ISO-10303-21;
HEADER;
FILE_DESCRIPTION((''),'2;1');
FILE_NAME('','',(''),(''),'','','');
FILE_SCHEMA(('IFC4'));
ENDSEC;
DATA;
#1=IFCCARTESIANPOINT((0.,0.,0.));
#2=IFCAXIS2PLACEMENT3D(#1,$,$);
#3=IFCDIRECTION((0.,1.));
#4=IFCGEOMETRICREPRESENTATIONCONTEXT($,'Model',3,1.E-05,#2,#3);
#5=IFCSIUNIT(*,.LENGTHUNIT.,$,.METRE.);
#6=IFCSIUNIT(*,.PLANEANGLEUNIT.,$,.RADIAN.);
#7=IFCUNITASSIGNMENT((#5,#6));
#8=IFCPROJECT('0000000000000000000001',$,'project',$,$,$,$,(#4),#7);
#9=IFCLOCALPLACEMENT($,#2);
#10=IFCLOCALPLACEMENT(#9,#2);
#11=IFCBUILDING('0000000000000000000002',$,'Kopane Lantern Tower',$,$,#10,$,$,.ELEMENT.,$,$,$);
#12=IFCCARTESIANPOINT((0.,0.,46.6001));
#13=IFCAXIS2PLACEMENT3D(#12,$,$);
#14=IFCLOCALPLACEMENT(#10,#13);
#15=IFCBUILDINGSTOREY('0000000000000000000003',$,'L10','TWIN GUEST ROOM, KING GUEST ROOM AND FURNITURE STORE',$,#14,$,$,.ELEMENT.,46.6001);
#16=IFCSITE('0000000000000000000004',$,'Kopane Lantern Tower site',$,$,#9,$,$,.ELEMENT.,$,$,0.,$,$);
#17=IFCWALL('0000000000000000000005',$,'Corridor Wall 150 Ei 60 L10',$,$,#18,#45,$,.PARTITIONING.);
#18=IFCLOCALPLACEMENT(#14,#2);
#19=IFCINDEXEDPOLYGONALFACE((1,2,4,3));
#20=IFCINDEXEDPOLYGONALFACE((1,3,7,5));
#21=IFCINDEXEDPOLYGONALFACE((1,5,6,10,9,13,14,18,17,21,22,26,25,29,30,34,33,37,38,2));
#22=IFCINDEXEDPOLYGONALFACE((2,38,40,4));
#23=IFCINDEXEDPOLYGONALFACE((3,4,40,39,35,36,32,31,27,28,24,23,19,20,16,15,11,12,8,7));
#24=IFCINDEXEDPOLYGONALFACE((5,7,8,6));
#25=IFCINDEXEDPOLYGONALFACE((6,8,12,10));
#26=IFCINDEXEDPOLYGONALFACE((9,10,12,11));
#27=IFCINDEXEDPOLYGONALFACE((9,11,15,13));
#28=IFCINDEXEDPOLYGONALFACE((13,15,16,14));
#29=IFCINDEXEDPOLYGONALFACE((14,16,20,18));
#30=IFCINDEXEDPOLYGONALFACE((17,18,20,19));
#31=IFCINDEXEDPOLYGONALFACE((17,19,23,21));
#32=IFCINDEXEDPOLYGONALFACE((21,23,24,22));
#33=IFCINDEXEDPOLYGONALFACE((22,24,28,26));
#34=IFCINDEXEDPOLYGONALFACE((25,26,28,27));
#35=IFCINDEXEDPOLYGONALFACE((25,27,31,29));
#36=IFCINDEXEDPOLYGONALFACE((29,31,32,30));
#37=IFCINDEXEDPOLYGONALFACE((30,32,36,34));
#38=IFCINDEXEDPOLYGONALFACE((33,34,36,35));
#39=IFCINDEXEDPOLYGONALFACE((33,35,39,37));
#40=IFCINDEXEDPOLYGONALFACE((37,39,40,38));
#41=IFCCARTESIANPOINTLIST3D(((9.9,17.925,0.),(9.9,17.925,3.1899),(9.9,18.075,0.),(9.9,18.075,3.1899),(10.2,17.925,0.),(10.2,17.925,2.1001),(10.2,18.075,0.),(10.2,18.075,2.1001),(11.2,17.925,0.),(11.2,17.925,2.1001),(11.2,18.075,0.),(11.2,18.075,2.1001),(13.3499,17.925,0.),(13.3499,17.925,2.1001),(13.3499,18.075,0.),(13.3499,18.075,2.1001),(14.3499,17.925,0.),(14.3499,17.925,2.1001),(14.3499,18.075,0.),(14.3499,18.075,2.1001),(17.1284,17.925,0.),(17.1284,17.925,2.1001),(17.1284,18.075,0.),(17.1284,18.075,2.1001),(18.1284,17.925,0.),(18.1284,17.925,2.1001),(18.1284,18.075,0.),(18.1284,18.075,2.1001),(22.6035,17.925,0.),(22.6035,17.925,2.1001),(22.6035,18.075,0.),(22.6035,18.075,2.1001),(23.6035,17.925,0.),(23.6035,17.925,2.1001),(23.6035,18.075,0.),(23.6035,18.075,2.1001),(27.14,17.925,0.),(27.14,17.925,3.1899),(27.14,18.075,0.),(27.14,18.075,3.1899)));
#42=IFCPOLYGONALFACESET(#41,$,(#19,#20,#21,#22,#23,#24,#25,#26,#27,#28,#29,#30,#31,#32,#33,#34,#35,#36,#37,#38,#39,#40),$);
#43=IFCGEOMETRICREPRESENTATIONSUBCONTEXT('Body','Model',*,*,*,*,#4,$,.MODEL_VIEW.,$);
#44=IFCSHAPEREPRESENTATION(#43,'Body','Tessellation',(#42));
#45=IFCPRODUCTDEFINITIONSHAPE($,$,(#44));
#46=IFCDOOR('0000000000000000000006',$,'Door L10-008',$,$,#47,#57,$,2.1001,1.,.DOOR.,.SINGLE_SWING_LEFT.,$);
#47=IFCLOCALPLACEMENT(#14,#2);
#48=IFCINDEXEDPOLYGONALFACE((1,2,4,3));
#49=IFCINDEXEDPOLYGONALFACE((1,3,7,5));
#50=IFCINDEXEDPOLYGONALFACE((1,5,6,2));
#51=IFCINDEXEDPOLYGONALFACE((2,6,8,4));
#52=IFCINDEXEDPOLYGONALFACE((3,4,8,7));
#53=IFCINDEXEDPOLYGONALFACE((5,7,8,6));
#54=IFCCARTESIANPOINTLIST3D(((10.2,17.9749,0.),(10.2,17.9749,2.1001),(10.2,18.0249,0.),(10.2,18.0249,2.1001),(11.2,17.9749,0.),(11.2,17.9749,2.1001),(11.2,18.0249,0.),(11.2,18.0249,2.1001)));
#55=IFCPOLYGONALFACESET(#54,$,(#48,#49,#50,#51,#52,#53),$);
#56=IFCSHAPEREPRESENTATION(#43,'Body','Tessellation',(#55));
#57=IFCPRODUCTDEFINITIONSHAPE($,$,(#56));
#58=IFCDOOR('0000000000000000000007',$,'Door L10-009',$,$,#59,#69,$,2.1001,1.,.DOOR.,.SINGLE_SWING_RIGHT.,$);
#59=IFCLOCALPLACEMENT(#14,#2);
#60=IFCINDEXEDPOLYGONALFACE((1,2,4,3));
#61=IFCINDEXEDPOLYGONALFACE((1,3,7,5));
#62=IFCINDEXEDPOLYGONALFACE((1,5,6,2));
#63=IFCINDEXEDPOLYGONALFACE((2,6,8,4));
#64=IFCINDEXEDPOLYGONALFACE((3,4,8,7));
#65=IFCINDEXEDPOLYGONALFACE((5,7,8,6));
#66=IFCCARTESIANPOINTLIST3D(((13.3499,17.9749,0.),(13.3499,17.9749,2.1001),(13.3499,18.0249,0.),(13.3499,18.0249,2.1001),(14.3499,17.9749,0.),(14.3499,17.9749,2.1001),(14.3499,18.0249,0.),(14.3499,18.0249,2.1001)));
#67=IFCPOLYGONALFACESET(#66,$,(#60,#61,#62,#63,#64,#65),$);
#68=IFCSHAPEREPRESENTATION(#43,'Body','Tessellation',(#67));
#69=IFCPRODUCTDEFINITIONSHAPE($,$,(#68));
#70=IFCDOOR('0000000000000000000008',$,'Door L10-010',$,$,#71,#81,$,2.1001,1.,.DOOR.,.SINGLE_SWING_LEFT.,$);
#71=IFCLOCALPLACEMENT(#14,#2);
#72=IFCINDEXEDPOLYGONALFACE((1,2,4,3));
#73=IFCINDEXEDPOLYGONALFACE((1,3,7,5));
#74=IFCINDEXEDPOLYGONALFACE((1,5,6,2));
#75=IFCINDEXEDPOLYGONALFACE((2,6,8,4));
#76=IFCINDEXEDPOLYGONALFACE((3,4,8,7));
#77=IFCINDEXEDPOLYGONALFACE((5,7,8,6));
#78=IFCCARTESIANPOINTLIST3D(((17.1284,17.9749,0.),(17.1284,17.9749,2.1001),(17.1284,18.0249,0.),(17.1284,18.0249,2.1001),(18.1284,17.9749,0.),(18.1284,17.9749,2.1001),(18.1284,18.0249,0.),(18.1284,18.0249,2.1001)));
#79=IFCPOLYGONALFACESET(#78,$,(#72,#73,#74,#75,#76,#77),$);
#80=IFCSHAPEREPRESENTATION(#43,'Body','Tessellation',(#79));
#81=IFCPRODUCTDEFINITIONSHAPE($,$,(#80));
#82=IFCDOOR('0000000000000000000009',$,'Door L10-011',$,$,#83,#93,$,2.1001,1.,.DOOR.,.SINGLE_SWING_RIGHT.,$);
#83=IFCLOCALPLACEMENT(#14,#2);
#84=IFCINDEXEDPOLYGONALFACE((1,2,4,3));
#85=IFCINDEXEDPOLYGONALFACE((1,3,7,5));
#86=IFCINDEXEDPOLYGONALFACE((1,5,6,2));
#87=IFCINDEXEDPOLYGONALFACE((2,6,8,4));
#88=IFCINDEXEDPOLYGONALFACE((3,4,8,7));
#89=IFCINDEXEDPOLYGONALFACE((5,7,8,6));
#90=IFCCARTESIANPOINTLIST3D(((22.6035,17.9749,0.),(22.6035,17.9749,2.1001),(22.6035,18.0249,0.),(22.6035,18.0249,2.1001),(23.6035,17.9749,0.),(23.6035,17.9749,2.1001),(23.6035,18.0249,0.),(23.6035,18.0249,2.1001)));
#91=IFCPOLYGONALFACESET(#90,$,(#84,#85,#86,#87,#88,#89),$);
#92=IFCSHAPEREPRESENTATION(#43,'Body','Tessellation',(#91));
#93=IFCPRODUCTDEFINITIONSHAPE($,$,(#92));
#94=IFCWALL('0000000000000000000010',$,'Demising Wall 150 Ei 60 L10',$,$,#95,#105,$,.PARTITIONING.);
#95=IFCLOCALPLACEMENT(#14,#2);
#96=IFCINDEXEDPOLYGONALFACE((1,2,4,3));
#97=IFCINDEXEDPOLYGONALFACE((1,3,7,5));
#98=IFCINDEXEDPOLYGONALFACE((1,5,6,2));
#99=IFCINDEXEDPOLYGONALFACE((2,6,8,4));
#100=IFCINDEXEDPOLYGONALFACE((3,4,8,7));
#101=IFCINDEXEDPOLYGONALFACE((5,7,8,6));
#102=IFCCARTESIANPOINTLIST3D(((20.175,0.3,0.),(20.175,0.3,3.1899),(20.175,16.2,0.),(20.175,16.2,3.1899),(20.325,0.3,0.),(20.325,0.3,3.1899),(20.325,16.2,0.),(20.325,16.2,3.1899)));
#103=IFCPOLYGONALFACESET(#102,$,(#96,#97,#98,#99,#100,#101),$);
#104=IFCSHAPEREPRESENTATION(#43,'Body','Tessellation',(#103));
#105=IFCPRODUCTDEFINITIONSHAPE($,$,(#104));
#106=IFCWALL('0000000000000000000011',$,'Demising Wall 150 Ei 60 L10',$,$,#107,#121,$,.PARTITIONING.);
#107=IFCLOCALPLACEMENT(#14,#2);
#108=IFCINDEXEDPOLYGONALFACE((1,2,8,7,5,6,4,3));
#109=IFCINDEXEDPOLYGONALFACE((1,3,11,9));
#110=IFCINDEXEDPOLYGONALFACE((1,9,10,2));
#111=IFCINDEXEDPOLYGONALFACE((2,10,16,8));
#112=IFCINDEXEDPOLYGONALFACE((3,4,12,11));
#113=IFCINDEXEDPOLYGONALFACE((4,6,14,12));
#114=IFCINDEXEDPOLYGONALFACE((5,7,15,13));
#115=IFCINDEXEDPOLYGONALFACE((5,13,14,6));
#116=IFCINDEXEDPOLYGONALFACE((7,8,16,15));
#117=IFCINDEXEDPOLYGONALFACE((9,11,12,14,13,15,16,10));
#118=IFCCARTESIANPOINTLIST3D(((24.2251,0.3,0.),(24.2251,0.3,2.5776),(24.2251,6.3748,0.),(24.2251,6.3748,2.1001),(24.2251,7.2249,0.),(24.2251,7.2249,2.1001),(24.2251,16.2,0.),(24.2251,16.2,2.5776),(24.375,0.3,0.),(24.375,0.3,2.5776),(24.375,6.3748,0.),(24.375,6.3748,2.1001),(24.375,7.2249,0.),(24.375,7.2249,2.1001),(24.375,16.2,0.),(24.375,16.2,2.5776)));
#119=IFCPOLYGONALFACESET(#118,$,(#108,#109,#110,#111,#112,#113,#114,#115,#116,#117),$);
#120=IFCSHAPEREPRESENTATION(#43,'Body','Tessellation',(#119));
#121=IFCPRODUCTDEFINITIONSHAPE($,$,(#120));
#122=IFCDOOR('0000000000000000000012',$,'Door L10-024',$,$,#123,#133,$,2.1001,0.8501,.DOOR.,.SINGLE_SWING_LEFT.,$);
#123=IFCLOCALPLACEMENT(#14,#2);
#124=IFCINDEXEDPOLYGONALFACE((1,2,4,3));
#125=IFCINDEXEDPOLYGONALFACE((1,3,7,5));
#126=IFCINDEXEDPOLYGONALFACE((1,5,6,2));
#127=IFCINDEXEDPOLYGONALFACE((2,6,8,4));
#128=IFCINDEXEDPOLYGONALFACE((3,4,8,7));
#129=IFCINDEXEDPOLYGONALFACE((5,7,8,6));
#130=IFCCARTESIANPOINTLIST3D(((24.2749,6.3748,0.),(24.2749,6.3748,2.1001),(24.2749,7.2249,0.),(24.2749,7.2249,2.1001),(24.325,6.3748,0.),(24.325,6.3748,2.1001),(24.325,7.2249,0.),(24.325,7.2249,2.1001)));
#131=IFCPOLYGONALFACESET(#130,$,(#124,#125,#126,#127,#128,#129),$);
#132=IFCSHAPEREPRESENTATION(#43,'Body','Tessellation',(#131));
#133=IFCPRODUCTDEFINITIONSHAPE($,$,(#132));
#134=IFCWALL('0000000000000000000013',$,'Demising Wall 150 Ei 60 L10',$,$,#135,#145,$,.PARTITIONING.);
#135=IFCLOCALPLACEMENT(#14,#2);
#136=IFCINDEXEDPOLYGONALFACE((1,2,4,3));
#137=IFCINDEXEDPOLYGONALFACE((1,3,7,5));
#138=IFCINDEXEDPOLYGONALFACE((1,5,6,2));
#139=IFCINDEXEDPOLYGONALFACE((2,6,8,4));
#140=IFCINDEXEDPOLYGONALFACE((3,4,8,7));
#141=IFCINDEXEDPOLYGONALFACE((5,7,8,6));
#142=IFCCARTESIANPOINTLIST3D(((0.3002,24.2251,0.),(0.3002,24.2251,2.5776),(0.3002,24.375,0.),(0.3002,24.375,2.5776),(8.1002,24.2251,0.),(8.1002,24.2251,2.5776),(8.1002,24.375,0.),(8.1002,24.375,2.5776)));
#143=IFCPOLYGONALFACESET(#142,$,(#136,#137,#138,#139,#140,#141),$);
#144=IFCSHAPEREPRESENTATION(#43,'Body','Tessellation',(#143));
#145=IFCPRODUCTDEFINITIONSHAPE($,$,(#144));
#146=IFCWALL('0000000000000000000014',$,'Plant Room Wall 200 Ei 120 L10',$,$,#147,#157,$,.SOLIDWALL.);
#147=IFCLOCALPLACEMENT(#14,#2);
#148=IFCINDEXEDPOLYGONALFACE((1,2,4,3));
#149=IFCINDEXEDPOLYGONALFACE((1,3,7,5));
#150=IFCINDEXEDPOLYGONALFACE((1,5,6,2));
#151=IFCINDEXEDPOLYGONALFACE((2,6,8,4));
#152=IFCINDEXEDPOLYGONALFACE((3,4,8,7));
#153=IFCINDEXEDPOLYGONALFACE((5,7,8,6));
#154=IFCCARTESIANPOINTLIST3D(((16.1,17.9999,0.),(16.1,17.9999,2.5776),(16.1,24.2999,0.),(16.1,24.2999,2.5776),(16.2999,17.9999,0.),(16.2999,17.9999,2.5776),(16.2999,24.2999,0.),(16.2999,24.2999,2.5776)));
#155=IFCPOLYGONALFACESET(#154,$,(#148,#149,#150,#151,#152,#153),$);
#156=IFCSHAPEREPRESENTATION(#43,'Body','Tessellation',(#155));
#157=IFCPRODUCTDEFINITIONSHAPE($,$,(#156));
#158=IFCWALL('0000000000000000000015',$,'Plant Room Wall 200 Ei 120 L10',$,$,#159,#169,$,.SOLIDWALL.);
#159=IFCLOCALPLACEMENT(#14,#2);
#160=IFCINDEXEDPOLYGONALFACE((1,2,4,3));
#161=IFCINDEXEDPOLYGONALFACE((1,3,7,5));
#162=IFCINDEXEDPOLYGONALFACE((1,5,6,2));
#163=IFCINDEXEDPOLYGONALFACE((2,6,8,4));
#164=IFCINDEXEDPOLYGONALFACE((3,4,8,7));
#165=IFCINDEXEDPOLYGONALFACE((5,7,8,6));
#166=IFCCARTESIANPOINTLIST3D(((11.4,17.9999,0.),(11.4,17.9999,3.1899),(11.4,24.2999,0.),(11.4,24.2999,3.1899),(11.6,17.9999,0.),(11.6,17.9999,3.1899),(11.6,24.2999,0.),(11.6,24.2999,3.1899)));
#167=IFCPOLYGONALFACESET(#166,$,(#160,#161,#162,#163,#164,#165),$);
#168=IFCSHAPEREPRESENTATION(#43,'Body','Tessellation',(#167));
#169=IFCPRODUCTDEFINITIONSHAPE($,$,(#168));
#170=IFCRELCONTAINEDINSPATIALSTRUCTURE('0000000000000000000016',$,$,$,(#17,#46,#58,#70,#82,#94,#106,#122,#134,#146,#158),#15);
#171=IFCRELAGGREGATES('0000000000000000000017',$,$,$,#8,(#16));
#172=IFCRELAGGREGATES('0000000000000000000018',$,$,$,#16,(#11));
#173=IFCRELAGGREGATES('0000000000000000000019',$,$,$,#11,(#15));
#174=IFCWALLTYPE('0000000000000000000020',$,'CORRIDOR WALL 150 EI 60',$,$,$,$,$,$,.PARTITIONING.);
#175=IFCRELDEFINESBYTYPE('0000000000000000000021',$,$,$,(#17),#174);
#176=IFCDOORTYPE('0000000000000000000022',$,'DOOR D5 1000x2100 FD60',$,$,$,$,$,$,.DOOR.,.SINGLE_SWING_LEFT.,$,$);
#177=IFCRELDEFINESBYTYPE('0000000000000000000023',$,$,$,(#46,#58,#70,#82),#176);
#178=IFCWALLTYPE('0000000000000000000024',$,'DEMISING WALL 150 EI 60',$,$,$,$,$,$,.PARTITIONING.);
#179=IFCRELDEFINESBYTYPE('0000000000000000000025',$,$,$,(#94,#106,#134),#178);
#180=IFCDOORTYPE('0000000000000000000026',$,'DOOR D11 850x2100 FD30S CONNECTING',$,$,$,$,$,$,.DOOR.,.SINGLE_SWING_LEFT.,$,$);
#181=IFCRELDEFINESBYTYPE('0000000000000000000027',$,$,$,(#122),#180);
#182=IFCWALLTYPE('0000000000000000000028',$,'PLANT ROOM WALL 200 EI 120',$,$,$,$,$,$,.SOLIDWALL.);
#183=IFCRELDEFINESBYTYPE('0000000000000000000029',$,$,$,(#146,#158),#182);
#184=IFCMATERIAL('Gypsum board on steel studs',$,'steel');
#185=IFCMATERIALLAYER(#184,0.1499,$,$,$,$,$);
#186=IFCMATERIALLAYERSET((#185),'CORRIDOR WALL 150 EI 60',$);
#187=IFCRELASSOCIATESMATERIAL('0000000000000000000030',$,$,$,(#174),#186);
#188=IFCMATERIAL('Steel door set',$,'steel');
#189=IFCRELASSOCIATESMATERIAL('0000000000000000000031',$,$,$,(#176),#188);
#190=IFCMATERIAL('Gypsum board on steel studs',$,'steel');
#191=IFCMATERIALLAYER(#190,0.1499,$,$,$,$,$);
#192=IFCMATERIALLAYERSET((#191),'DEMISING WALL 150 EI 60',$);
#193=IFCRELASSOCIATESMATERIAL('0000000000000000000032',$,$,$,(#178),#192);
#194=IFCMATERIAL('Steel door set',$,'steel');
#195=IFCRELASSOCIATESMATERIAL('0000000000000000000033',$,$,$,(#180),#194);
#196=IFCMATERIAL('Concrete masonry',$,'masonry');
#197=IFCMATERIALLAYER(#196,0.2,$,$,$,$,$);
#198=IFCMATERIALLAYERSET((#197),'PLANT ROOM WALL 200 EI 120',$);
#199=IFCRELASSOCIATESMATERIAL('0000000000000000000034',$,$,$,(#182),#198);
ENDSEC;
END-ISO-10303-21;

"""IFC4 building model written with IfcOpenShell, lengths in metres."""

from ifc_helpers import new_model, si_unit, direction, frame, frame_2d, origin, place, context, subcontext, project, spatial, rectangle, extrude, material, layer, layer_set, type_object, element, fill, save


model = new_model("IFC4")

# Units and contexts
model_context = context("Model", 3, precision=1e-05, world=origin(), true_north=direction((0.0, 1.0)))
body_context = subcontext(model_context, "Body", "Model", "MODEL_VIEW")
ifc_project = project(units=[si_unit("LENGTHUNIT", "METRE"), si_unit("PLANEANGLEUNIT", "RADIAN")], contexts=[model_context])

# Site, building, storey
site_placement = place(None, origin())
site = spatial("IfcSite", under=ifc_project, at=site_placement, Name="Kopane Lantern Tower site", CompositionType="ELEMENT", RefElevation=0.0)
building_placement = place(site_placement, origin())
building = spatial("IfcBuilding", under=site, at=building_placement, Name="Kopane Lantern Tower", CompositionType="ELEMENT")
storey_placement = place(building_placement, frame((0.0, 0.0, 46.6001)))
storey = spatial("IfcBuildingStorey", under=building, at=storey_placement, Name="L10", Description="TWIN GUEST ROOM, KING GUEST ROOM AND FURNITURE STORE", CompositionType="ELEMENT", Elevation=46.6001)

# Wall, openings, doors
ifc_material_1 = material(Name="Gypsum board on steel studs", Category="steel")
ifc_layer_1 = layer(ifc_material_1, 0.1499)
ifc_layer_set_1 = layer_set([ifc_layer_1], Name="CORRIDOR WALL 150 EI 60")
wall_type_1 = type_object("IfcWallType", Name="CORRIDOR WALL 150 EI 60", PredefinedType="PARTITIONING", material=ifc_layer_set_1)
wall_1_placement = place(storey_placement, frame((9.8999, 18.0, 0.0), z_axis=(0.0, 0.0, 1.0), x_axis=(1.0, 0.0, 0.0)))
wall_1 = element("IfcWall", 1, at=wall_1_placement, inside=storey, type_object=wall_type_1, Name="Corridor Wall 150 Ei 60 L10", PredefinedType="PARTITIONING", context=body_context, shape_type="SweptSolid", body=[
    extrude(rectangle(XDim=17.24, YDim=0.1499, at=frame_2d((8.6201, 0.0))), origin(), (0.0, 0.0, 1.0), 3.1899),
])
opening_1_placement = place(wall_1_placement, frame((0.3, 0.0, 0.0)))
opening_1 = element("IfcOpeningElement", 2, at=opening_1_placement, cuts=wall_1, PredefinedType="OPENING", context=body_context, shape_type="SweptSolid", body=[
    extrude(rectangle(XDim=1.0, YDim=2.1001, at=frame_2d((0.5, 1.05))), frame((0.0, 0.085, 0.0), z_axis=(0.0, -1.0, 0.0), x_axis=(1.0, 0.0, 0.0)), (0.0, 0.0, 1.0), 0.1699),
])
opening_2_placement = place(wall_1_placement, frame((3.45, 0.0, 0.0)))
opening_2 = element("IfcOpeningElement", 3, at=opening_2_placement, cuts=wall_1, PredefinedType="OPENING", context=body_context, shape_type="SweptSolid", body=[
    extrude(rectangle(XDim=1.0, YDim=2.1001, at=frame_2d((0.5, 1.05))), frame((0.0, 0.085, 0.0), z_axis=(0.0, -1.0, 0.0), x_axis=(1.0, 0.0, 0.0)), (0.0, 0.0, 1.0), 0.1699),
])
opening_3_placement = place(wall_1_placement, frame((7.2285, 0.0, 0.0)))
opening_3 = element("IfcOpeningElement", 4, at=opening_3_placement, cuts=wall_1, PredefinedType="OPENING", context=body_context, shape_type="SweptSolid", body=[
    extrude(rectangle(XDim=1.0, YDim=2.1001, at=frame_2d((0.5, 1.05))), frame((0.0, 0.085, 0.0), z_axis=(0.0, -1.0, 0.0), x_axis=(1.0, 0.0, 0.0)), (0.0, 0.0, 1.0), 0.1699),
])
opening_4_placement = place(wall_1_placement, frame((12.7036, 0.0, 0.0)))
opening_4 = element("IfcOpeningElement", 5, at=opening_4_placement, cuts=wall_1, PredefinedType="OPENING", context=body_context, shape_type="SweptSolid", body=[
    extrude(rectangle(XDim=1.0, YDim=2.1001, at=frame_2d((0.5, 1.05))), frame((0.0, 0.085, 0.0), z_axis=(0.0, -1.0, 0.0), x_axis=(1.0, 0.0, 0.0)), (0.0, 0.0, 1.0), 0.1699),
])
ifc_material_2 = material(Name="Steel door set", Category="steel")
door_type_1 = type_object("IfcDoorType", Name="DOOR D5 1000x2100 FD60", OperationType="SINGLE_SWING_LEFT", PredefinedType="DOOR", material=ifc_material_2)
door_1_placement = place(opening_1_placement, origin())
door_1 = element("IfcDoor", 6, at=door_1_placement, inside=storey, type_object=door_type_1, Name="Door L10-008", OperationType="SINGLE_SWING_LEFT", OverallHeight=2.1001, OverallWidth=1.0, PredefinedType="DOOR", context=body_context, shape_type="SweptSolid", body=[
    extrude(rectangle(XDim=1.0, YDim=2.1001, at=frame_2d((0.5, 1.05))), frame((0.0, 0.0249, 0.0), z_axis=(0.0, -1.0, 0.0), x_axis=(1.0, 0.0, 0.0)), (0.0, 0.0, 1.0), 0.05),
])
fill(opening_1, door_1)
door_2_placement = place(opening_2_placement, origin())
door_2 = element("IfcDoor", 7, at=door_2_placement, inside=storey, type_object=door_type_1, Name="Door L10-009", OperationType="SINGLE_SWING_RIGHT", OverallHeight=2.1001, OverallWidth=1.0, PredefinedType="DOOR", context=body_context, shape_type="SweptSolid", body=[
    extrude(rectangle(XDim=1.0, YDim=2.1001, at=frame_2d((0.5, 1.05))), frame((0.0, 0.0249, 0.0), z_axis=(0.0, -1.0, 0.0), x_axis=(1.0, 0.0, 0.0)), (0.0, 0.0, 1.0), 0.05),
])
fill(opening_2, door_2)
door_3_placement = place(opening_3_placement, origin())
door_3 = element("IfcDoor", 8, at=door_3_placement, inside=storey, type_object=door_type_1, Name="Door L10-010", OperationType="SINGLE_SWING_LEFT", OverallHeight=2.1001, OverallWidth=1.0, PredefinedType="DOOR", context=body_context, shape_type="SweptSolid", body=[
    extrude(rectangle(XDim=1.0, YDim=2.1001, at=frame_2d((0.5, 1.05))), frame((0.0, 0.0249, 0.0), z_axis=(0.0, -1.0, 0.0), x_axis=(1.0, 0.0, 0.0)), (0.0, 0.0, 1.0), 0.05),
])
fill(opening_3, door_3)
door_4_placement = place(opening_4_placement, origin())
door_4 = element("IfcDoor", 9, at=door_4_placement, inside=storey, type_object=door_type_1, Name="Door L10-011", OperationType="SINGLE_SWING_RIGHT", OverallHeight=2.1001, OverallWidth=1.0, PredefinedType="DOOR", context=body_context, shape_type="SweptSolid", body=[
    extrude(rectangle(XDim=1.0, YDim=2.1001, at=frame_2d((0.5, 1.05))), frame((0.0, 0.0249, 0.0), z_axis=(0.0, -1.0, 0.0), x_axis=(1.0, 0.0, 0.0)), (0.0, 0.0, 1.0), 0.05),
])
fill(opening_4, door_4)

# Wall
ifc_material_3 = material(Name="Gypsum board on steel studs", Category="steel")
ifc_layer_2 = layer(ifc_material_3, 0.1499)
ifc_layer_set_2 = layer_set([ifc_layer_2], Name="DEMISING WALL 150 EI 60")
wall_type_2 = type_object("IfcWallType", Name="DEMISING WALL 150 EI 60", PredefinedType="PARTITIONING", material=ifc_layer_set_2)
wall_2_placement = place(storey_placement, frame((20.25, 16.2, 0.0), z_axis=(0.0, 0.0, 1.0), x_axis=(0.0, -1.0, 0.0)))
element("IfcWall", 10, at=wall_2_placement, inside=storey, type_object=wall_type_2, Name="Demising Wall 150 Ei 60 L10", PredefinedType="PARTITIONING", context=body_context, shape_type="SweptSolid", body=[
    extrude(rectangle(XDim=15.8999, YDim=0.1499, at=frame_2d((7.95, 0.0))), origin(), (0.0, 0.0, 1.0), 3.1899),
])

# Wall, opening, door
wall_3_placement = place(storey_placement, frame((24.3, 16.2, 0.0), z_axis=(0.0, 0.0, 1.0), x_axis=(0.0, -1.0, 0.0)))
wall_3 = element("IfcWall", 11, at=wall_3_placement, inside=storey, type_object=wall_type_2, Name="Demising Wall 150 Ei 60 L10", PredefinedType="PARTITIONING", context=body_context, shape_type="SweptSolid", body=[
    extrude(rectangle(XDim=15.8999, YDim=0.1499, at=frame_2d((7.95, 0.0))), origin(), (0.0, 0.0, 1.0), 2.5776),
])
opening_5_placement = place(wall_3_placement, frame((8.9751, 0.0, 0.0)))
opening_5 = element("IfcOpeningElement", 12, at=opening_5_placement, cuts=wall_3, PredefinedType="OPENING", context=body_context, shape_type="SweptSolid", body=[
    extrude(rectangle(XDim=0.8501, YDim=2.1001, at=frame_2d((0.425, 1.05))), frame((0.0, 0.085, 0.0), z_axis=(0.0, -1.0, 0.0), x_axis=(1.0, 0.0, 0.0)), (0.0, 0.0, 1.0), 0.1699),
])
ifc_material_4 = material(Name="Steel door set", Category="steel")
door_type_2 = type_object("IfcDoorType", Name="DOOR D11 850x2100 FD30S CONNECTING", OperationType="SINGLE_SWING_LEFT", PredefinedType="DOOR", material=ifc_material_4)
door_5_placement = place(opening_5_placement, origin())
door_5 = element("IfcDoor", 13, at=door_5_placement, inside=storey, type_object=door_type_2, Name="Door L10-024", OperationType="SINGLE_SWING_LEFT", OverallHeight=2.1001, OverallWidth=0.8501, PredefinedType="DOOR", context=body_context, shape_type="SweptSolid", body=[
    extrude(rectangle(XDim=0.8501, YDim=2.1001, at=frame_2d((0.425, 1.05))), frame((0.0, 0.0249, 0.0), z_axis=(0.0, -1.0, 0.0), x_axis=(1.0, 0.0, 0.0)), (0.0, 0.0, 1.0), 0.05),
])
fill(opening_5, door_5)

# Walls
wall_4_placement = place(storey_placement, frame((8.1001, 24.3, 0.0), z_axis=(0.0, 0.0, 1.0), x_axis=(-1.0, 0.0, 0.0)))
element("IfcWall", 14, at=wall_4_placement, inside=storey, type_object=wall_type_2, Name="Demising Wall 150 Ei 60 L10", PredefinedType="PARTITIONING", context=body_context, shape_type="SweptSolid", body=[
    extrude(rectangle(XDim=7.8, YDim=0.1499, at=frame_2d((3.8999, 0.0))), origin(), (0.0, 0.0, 1.0), 2.5776),
])
ifc_material_5 = material(Name="Concrete masonry", Category="masonry")
ifc_layer_3 = layer(ifc_material_5, 0.2)
ifc_layer_set_3 = layer_set([ifc_layer_3], Name="PLANT ROOM WALL 200 EI 120")
wall_type_3 = type_object("IfcWallType", Name="PLANT ROOM WALL 200 EI 120", PredefinedType="SOLIDWALL", material=ifc_layer_set_3)
wall_5_placement = place(storey_placement, frame((16.2, 18.0, 0.0), z_axis=(0.0, 0.0, 1.0), x_axis=(0.0, 1.0, 0.0)))
element("IfcWall", 15, at=wall_5_placement, inside=storey, type_object=wall_type_3, Name="Plant Room Wall 200 Ei 120 L10", PredefinedType="SOLIDWALL", context=body_context, shape_type="SweptSolid", body=[
    extrude(rectangle(XDim=6.3, YDim=0.2, at=frame_2d((3.1499, 0.0))), origin(), (0.0, 0.0, 1.0), 2.5776),
])
for number, where, z_axis, x_axis, name in (
    (16, (11.5, 18.0, 0.0), (0.0, 0.0, 1.0), (0.0, 1.0, 0.0), "Plant Room Wall 200 Ei 120 L10"),
):
    element("IfcWall", number, at=place(storey_placement, frame(where, z_axis=z_axis, x_axis=x_axis)), inside=storey, type_object=wall_type_3, Name=name, PredefinedType="SOLIDWALL", context=body_context, shape_type="SweptSolid", body=[
        extrude(rectangle(XDim=6.3, YDim=0.2, at=frame_2d((3.1499, 0.0))), origin(), (0.0, 0.0, 1.0), 3.1899),
    ])

save(model, "model.ifc")
